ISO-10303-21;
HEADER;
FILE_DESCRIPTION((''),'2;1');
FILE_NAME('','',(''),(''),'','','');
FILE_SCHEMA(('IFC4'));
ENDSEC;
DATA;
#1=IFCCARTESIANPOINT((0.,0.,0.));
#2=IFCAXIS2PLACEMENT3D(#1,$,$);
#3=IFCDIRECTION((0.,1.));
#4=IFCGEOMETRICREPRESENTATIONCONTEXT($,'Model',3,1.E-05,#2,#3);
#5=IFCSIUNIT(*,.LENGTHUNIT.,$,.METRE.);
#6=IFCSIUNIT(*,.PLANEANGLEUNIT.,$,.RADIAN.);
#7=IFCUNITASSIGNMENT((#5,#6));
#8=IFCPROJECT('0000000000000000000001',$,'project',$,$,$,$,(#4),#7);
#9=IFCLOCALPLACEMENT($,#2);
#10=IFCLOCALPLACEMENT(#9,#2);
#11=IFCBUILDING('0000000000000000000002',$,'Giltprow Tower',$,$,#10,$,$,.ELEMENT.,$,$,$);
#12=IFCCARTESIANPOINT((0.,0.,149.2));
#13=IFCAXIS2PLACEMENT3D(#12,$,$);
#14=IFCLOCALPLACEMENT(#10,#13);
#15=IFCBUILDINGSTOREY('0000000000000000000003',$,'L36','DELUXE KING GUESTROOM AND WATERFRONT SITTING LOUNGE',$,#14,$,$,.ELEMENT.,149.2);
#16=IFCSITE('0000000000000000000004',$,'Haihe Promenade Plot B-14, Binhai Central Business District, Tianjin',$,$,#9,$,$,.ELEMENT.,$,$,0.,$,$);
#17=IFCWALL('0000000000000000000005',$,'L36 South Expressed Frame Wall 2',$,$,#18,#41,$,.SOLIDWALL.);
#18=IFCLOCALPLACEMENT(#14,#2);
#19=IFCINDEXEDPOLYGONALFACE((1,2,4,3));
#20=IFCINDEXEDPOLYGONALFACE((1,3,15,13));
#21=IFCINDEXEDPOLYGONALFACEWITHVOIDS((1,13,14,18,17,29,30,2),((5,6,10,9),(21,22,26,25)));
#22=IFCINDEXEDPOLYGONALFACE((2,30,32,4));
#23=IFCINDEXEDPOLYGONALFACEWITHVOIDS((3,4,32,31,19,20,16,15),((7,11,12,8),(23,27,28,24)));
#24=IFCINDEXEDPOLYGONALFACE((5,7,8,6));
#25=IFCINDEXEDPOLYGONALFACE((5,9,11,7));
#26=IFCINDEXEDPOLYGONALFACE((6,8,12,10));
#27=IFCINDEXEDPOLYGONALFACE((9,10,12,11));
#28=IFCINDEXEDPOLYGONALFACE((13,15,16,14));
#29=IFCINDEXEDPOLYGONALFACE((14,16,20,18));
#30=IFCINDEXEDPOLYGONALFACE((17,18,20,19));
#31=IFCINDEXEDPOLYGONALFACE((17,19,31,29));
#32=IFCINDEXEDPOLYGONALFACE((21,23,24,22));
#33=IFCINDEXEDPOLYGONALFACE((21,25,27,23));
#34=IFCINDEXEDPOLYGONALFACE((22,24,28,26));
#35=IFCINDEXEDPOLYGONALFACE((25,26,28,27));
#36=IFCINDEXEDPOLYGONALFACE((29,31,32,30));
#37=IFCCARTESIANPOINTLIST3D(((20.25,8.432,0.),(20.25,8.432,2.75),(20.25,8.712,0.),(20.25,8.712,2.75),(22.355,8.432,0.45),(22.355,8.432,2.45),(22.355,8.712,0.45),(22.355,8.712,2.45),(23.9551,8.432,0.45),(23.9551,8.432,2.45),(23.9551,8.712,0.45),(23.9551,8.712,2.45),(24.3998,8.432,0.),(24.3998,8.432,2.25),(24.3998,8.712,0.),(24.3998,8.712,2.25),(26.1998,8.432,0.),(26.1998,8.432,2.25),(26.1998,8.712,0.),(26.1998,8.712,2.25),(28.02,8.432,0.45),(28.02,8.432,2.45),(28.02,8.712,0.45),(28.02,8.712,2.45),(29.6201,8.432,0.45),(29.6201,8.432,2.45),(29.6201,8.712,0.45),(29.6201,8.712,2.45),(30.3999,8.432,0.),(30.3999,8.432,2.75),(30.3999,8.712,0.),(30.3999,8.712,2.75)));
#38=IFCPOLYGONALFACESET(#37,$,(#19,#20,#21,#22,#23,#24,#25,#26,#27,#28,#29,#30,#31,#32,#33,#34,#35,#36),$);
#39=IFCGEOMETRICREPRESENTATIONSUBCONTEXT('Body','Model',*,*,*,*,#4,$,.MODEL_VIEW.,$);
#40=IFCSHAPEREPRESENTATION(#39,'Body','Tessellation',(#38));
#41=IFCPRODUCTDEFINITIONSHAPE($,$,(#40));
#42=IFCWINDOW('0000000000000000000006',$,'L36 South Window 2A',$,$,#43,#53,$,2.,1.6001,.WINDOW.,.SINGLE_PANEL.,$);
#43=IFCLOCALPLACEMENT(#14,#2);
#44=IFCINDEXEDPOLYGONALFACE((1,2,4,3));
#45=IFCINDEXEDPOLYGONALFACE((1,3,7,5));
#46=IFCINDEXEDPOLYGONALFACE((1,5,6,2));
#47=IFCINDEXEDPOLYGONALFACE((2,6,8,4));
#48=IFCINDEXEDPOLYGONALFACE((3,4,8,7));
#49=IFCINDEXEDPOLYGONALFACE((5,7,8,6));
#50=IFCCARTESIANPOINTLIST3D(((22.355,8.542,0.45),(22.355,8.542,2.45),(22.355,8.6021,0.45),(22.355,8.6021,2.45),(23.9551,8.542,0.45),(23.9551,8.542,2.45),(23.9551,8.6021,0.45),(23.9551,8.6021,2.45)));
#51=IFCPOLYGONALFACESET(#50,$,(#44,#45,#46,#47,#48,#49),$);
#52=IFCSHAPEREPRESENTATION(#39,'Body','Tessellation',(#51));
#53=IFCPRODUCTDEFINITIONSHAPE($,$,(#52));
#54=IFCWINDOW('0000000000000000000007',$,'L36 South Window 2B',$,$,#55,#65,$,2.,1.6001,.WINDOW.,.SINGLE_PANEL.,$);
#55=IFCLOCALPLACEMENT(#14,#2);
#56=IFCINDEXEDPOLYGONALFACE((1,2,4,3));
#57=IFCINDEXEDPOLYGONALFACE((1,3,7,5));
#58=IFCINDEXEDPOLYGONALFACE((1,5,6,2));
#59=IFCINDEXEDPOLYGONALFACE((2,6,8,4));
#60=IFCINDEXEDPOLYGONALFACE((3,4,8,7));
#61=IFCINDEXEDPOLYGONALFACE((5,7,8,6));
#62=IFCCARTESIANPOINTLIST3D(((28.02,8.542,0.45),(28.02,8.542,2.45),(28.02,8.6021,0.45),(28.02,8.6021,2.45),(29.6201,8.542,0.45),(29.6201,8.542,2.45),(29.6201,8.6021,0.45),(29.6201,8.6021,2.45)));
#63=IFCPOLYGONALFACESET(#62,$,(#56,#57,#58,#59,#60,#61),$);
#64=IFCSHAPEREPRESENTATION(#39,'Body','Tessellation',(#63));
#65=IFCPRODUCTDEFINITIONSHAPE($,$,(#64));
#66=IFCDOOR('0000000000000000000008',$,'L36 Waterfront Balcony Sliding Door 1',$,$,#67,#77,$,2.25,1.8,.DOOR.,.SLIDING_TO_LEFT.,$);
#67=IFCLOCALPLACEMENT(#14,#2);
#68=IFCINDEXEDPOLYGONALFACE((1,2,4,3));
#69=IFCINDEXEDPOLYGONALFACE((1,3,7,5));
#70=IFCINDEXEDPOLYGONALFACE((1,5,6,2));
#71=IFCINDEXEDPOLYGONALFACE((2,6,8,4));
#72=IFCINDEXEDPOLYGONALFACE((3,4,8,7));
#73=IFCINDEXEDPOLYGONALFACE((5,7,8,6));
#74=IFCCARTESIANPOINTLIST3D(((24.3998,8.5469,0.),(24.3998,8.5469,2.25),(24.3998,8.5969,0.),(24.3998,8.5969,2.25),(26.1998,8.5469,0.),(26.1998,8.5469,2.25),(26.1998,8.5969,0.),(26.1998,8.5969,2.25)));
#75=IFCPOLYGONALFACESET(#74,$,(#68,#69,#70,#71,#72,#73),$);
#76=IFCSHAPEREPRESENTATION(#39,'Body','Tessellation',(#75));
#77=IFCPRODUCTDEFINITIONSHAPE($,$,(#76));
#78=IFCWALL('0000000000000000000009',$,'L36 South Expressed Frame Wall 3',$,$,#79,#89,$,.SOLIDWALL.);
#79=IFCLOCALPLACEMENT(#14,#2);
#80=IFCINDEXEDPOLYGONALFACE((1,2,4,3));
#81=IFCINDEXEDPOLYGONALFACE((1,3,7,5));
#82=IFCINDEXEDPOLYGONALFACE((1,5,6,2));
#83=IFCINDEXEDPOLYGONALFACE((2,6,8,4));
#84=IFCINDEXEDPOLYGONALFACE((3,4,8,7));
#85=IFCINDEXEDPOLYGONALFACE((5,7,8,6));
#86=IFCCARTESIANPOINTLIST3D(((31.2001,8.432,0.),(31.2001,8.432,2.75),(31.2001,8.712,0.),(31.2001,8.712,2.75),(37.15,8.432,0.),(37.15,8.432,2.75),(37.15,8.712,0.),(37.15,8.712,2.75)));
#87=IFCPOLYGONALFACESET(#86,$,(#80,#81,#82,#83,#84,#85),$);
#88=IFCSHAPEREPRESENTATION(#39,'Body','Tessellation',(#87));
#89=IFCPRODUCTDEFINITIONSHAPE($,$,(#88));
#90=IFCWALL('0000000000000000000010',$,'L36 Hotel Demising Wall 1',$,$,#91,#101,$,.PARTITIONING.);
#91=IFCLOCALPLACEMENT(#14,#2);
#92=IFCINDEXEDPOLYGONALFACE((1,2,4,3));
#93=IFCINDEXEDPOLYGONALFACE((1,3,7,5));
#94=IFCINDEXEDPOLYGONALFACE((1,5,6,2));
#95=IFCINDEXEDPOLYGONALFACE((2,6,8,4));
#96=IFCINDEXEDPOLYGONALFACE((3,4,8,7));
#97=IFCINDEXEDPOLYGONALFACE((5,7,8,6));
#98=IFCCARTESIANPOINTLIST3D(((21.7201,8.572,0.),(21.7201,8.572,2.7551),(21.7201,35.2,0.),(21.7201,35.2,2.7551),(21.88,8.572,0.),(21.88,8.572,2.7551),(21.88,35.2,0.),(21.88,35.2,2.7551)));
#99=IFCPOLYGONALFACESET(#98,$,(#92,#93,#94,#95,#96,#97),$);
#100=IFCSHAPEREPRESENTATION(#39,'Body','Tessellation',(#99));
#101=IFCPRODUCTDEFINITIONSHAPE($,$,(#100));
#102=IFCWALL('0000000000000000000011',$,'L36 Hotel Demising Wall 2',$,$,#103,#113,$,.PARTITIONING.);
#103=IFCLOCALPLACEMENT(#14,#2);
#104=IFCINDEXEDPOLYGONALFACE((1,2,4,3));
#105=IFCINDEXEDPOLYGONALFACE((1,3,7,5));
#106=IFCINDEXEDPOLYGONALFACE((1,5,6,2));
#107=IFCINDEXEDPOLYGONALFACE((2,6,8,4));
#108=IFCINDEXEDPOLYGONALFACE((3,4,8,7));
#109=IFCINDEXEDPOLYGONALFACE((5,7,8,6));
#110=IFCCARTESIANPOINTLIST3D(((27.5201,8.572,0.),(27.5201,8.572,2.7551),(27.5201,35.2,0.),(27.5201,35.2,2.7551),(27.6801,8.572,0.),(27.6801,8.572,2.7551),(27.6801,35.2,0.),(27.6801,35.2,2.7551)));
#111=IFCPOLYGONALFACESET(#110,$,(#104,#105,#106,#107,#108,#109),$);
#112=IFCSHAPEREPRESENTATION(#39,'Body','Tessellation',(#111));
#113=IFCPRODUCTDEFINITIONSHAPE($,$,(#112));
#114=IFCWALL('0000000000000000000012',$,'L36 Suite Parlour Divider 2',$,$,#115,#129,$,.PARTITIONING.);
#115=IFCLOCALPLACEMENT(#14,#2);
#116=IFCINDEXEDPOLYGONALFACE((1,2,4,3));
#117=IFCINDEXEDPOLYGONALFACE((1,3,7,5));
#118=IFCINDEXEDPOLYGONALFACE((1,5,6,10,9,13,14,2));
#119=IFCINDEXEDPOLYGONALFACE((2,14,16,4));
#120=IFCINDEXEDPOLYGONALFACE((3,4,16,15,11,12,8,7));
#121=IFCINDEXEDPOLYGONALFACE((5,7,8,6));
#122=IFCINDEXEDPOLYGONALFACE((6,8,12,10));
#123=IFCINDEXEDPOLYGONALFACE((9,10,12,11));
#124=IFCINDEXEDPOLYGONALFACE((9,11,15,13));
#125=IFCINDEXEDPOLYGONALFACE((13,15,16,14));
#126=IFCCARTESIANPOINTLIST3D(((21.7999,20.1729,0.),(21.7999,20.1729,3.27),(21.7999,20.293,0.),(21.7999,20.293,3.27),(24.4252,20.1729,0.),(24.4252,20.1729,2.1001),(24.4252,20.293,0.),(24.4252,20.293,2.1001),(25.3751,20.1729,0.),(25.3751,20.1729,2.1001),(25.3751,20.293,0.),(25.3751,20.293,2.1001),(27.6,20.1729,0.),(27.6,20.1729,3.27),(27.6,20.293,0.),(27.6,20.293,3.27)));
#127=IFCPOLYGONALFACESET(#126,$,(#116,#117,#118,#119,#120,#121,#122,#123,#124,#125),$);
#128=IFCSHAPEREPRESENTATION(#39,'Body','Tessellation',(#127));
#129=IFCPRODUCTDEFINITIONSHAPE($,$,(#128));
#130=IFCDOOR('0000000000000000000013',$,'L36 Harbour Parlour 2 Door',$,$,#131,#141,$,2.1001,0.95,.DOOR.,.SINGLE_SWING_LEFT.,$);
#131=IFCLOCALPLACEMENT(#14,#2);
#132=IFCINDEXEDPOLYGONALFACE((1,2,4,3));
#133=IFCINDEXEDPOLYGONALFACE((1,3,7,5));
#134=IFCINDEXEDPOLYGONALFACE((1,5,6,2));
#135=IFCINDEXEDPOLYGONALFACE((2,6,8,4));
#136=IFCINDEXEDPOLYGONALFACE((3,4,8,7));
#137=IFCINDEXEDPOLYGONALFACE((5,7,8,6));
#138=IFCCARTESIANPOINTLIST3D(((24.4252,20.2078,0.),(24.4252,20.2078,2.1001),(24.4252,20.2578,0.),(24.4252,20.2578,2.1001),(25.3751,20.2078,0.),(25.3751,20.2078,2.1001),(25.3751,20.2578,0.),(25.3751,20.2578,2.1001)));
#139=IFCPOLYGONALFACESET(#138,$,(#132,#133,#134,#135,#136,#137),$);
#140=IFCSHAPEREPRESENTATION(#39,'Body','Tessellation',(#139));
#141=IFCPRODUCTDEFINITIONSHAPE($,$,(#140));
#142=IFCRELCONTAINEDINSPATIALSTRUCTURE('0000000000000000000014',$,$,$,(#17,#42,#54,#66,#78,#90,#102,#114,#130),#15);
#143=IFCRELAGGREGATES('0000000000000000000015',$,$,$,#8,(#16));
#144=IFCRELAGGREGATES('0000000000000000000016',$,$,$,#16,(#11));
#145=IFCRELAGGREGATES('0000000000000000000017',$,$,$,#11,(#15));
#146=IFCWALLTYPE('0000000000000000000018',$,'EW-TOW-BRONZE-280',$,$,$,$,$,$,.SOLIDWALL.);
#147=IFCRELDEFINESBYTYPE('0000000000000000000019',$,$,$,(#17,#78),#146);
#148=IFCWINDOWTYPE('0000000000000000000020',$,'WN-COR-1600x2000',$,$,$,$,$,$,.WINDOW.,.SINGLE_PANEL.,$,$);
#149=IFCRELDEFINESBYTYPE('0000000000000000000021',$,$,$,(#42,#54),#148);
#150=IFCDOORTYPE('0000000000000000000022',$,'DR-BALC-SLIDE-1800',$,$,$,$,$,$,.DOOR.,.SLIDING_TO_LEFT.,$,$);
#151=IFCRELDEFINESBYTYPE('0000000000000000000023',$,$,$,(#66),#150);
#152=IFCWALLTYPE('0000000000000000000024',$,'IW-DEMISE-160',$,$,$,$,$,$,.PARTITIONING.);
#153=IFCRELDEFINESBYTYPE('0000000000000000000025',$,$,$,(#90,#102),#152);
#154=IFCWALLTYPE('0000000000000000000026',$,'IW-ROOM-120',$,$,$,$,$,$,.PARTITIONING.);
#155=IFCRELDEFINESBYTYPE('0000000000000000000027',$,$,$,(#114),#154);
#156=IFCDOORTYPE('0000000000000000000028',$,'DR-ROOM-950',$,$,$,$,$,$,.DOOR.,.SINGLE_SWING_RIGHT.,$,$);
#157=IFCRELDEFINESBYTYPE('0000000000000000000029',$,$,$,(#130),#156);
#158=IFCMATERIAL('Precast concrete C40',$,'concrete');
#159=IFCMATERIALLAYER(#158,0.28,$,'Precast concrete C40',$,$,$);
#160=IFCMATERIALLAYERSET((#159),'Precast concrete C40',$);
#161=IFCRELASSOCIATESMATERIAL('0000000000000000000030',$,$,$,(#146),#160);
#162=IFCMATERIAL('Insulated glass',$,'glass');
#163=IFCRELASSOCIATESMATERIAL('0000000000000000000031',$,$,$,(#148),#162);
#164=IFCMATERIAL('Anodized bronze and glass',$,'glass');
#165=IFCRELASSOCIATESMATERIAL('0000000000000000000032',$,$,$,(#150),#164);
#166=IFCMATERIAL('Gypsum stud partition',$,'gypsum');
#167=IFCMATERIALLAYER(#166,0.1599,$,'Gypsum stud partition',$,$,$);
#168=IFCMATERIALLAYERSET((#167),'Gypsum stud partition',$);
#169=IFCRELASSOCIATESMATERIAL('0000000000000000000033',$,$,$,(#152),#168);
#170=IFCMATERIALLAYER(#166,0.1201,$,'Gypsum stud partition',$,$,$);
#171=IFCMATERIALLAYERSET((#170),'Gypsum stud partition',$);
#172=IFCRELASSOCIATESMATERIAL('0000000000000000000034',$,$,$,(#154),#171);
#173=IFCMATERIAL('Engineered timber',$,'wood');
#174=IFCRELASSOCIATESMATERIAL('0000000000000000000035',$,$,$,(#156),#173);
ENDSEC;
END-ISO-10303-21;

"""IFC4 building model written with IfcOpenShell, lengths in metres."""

from ifc_helpers import new_model, si_unit, direction, frame, frame_2d, origin, place, context, subcontext, project, spatial, rectangle, extrude, source, transform, mapped, material, layer, layer_set, type_object, element, fill, save


model = new_model("IFC4")

# Units and contexts
model_context = context("Model", 3, precision=1e-05, world=origin(), true_north=direction((0.0, 1.0)))
body_context = subcontext(model_context, "Body", "Model", "MODEL_VIEW")
ifc_project = project(units=[si_unit("LENGTHUNIT", "METRE"), si_unit("PLANEANGLEUNIT", "RADIAN")], contexts=[model_context])

# Site, building, storey
site_placement = place(None, origin())
site = spatial("IfcSite", under=ifc_project, at=site_placement, Name="Haihe Promenade Plot B-14, Binhai Central Business District, Tianjin", CompositionType="ELEMENT", RefElevation=0.0)
building_placement = place(site_placement, origin())
building = spatial("IfcBuilding", under=site, at=building_placement, Name="Giltprow Tower", CompositionType="ELEMENT")
storey_placement = place(building_placement, frame((0.0, 0.0, 149.2)))
storey = spatial("IfcBuildingStorey", under=building, at=storey_placement, Name="L36", Description="DELUXE KING GUESTROOM AND WATERFRONT SITTING LOUNGE", CompositionType="ELEMENT", Elevation=149.2)

# Wall, openings, windows, door
ifc_material_1 = material(Name="Precast concrete C40", Category="concrete")
ifc_layer_1 = layer(ifc_material_1, 0.28, Name="Precast concrete C40")
ifc_layer_set_1 = layer_set([ifc_layer_1], Name="Precast concrete C40")
wall_type_1 = type_object("IfcWallType", Name="EW-TOW-BRONZE-280", PredefinedType="SOLIDWALL", material=ifc_layer_set_1)
wall_1_placement = place(storey_placement, frame((20.25, 8.572, 0.0), z_axis=(0.0, 0.0, 1.0), x_axis=(1.0, 0.0, 0.0)))
wall_1 = element("IfcWall", 1, at=wall_1_placement, inside=storey, type_object=wall_type_1, Name="L36 South Expressed Frame Wall 2", PredefinedType="SOLIDWALL", context=body_context, shape_type="SweptSolid", body=[
    extrude(rectangle(XDim=10.1499, YDim=0.28, at=frame_2d((5.075, 0.0))), origin(), (0.0, 0.0, 1.0), 2.75),
])
opening_1_placement = place(wall_1_placement, frame((4.1499, 0.0, 0.0)))
opening_1 = element("IfcOpeningElement", 2, at=opening_1_placement, cuts=wall_1, PredefinedType="OPENING", context=body_context, shape_type="SweptSolid", body=[
    extrude(rectangle(XDim=1.8, YDim=2.25, at=frame_2d((0.8999, 1.125))), frame((0.0, 0.1499, 0.0), z_axis=(0.0, -1.0, 0.0), x_axis=(1.0, 0.0, 0.0)), (0.0, 0.0, 1.0), 0.3),
])
opening_2_placement = place(wall_1_placement, frame((2.105, 0.0, 0.45)))
opening_2 = element("IfcOpeningElement", 3, at=opening_2_placement, cuts=wall_1, PredefinedType="OPENING", context=body_context, shape_type="SweptSolid", body=[
    extrude(rectangle(XDim=1.6001, YDim=2.0, at=frame_2d((0.8, 1.0))), frame((0.0, 0.1499, 0.0), z_axis=(0.0, -1.0, 0.0), x_axis=(1.0, 0.0, 0.0)), (0.0, 0.0, 1.0), 0.3),
])
opening_3_placement = place(wall_1_placement, frame((7.77, 0.0, 0.45)))
opening_3 = element("IfcOpeningElement", 4, at=opening_3_placement, cuts=wall_1, PredefinedType="OPENING", context=body_context, shape_type="SweptSolid", body=[
    extrude(rectangle(XDim=1.6001, YDim=2.0, at=frame_2d((0.8, 1.0))), frame((0.0, 0.1499, 0.0), z_axis=(0.0, -1.0, 0.0), x_axis=(1.0, 0.0, 0.0)), (0.0, 0.0, 1.0), 0.3),
])
ifc_material_2 = material(Name="Insulated glass", Category="glass")
window_type = type_object("IfcWindowType", Name="WN-COR-1600x2000", PartitioningType="SINGLE_PANEL", PredefinedType="WINDOW", material=ifc_material_2)
shared_shape_1 = source(origin(), body_context, "Body", "SweptSolid", [
    extrude(rectangle(XDim=1.6001, YDim=2.0, at=frame_2d((0.8, 1.0))), frame((0.0, 0.03, 0.0), z_axis=(0.0, -1.0, 0.0), x_axis=(1.0, 0.0, 0.0)), (0.0, 0.0, 1.0), 0.0601),
])
window_1_placement = place(opening_2_placement, origin())
window_1 = element("IfcWindow", 5, at=window_1_placement, inside=storey, type_object=window_type, Name="L36 South Window 2A", OverallHeight=2.0, OverallWidth=1.6001, PartitioningType="SINGLE_PANEL", PredefinedType="WINDOW", context=body_context, shape_type="MappedRepresentation", body=[
    mapped(shared_shape_1, transform((0.0, 0.0, 0.0), x_axis=(1.0, 0.0, 0.0), y_axis=(0.0, 1.0, 0.0), z_axis=(0.0, 0.0, 1.0), scale=1.0)),
])
fill(opening_2, window_1)
window_2_placement = place(opening_3_placement, origin())
window_2 = element("IfcWindow", 6, at=window_2_placement, inside=storey, type_object=window_type, Name="L36 South Window 2B", OverallHeight=2.0, OverallWidth=1.6001, PartitioningType="SINGLE_PANEL", PredefinedType="WINDOW", context=body_context, shape_type="MappedRepresentation", body=[
    mapped(shared_shape_1, transform((0.0, 0.0, 0.0), x_axis=(1.0, 0.0, 0.0), y_axis=(0.0, 1.0, 0.0), z_axis=(0.0, 0.0, 1.0), scale=1.0)),
])
fill(opening_3, window_2)
ifc_material_3 = material(Name="Anodized bronze and glass", Category="glass")
door_type_1 = type_object("IfcDoorType", Name="DR-BALC-SLIDE-1800", OperationType="SLIDING_TO_LEFT", PredefinedType="DOOR", material=ifc_material_3)
shared_shape_2 = source(origin(), body_context, "Body", "SweptSolid", [
    extrude(rectangle(XDim=1.8, YDim=2.25, at=frame_2d((0.8999, 1.125))), frame((0.0, 0.0249, 0.0), z_axis=(0.0, -1.0, 0.0), x_axis=(1.0, 0.0, 0.0)), (0.0, 0.0, 1.0), 0.05),
])
door_1_placement = place(opening_1_placement, origin())
door_1 = element("IfcDoor", 7, at=door_1_placement, inside=storey, type_object=door_type_1, Name="L36 Waterfront Balcony Sliding Door 1", OperationType="SLIDING_TO_LEFT", OverallHeight=2.25, OverallWidth=1.8, PredefinedType="DOOR", context=body_context, shape_type="MappedRepresentation", body=[
    mapped(shared_shape_2, transform((0.0, 0.0, 0.0), x_axis=(1.0, 0.0, 0.0), y_axis=(0.0, 1.0, 0.0), z_axis=(0.0, 0.0, 1.0), scale=1.0)),
])
fill(opening_1, door_1)

# Walls
wall_2_placement = place(storey_placement, frame((31.2, 8.572, 0.0), z_axis=(0.0, 0.0, 1.0), x_axis=(1.0, 0.0, 0.0)))
element("IfcWall", 8, at=wall_2_placement, inside=storey, type_object=wall_type_1, Name="L36 South Expressed Frame Wall 3", PredefinedType="SOLIDWALL", context=body_context, shape_type="SweptSolid", body=[
    extrude(rectangle(XDim=5.95, YDim=0.28, at=frame_2d((2.9751, 0.0))), origin(), (0.0, 0.0, 1.0), 2.75),
])
ifc_material_4 = material(Name="Gypsum stud partition", Category="gypsum")
ifc_layer_2 = layer(ifc_material_4, 0.1599, Name="Gypsum stud partition")
ifc_layer_set_2 = layer_set([ifc_layer_2], Name="Gypsum stud partition")
wall_type_2 = type_object("IfcWallType", Name="IW-DEMISE-160", PredefinedType="PARTITIONING", material=ifc_layer_set_2)
for number, where, z_axis, x_axis, name in (
    (9, (21.8, 8.572, 0.0), (0.0, 0.0, 1.0), (0.0, 1.0, 0.0), "L36 Hotel Demising Wall 1"),
    (10, (27.6001, 8.572, 0.0), (0.0, 0.0, 1.0), (0.0, 1.0, 0.0), "L36 Hotel Demising Wall 2"),
):
    element("IfcWall", number, at=place(storey_placement, frame(where, z_axis=z_axis, x_axis=x_axis)), inside=storey, type_object=wall_type_2, Name=name, PredefinedType="PARTITIONING", context=body_context, shape_type="SweptSolid", body=[
        extrude(rectangle(XDim=26.6279, YDim=0.1599, at=frame_2d((13.314, 0.0))), origin(), (0.0, 0.0, 1.0), 2.7551),
    ])

# Wall, opening, door
ifc_layer_3 = layer(ifc_material_4, 0.1201, Name="Gypsum stud partition")
ifc_layer_set_3 = layer_set([ifc_layer_3], Name="Gypsum stud partition")
wall_type_3 = type_object("IfcWallType", Name="IW-ROOM-120", PredefinedType="PARTITIONING", material=ifc_layer_set_3)
wall_3_placement = place(storey_placement, frame((21.8, 20.2329, 0.0), z_axis=(0.0, 0.0, 1.0), x_axis=(1.0, 0.0, 0.0)))
wall_3 = element("IfcWall", 11, at=wall_3_placement, inside=storey, type_object=wall_type_3, Name="L36 Suite Parlour Divider 2", PredefinedType="PARTITIONING", context=body_context, shape_type="SweptSolid", body=[
    extrude(rectangle(XDim=5.8, YDim=0.1201, at=frame_2d((2.8999, 0.0))), origin(), (0.0, 0.0, 1.0), 3.27),
])
opening_4_placement = place(wall_3_placement, frame((2.625, 0.0, 0.0)))
opening_4 = element("IfcOpeningElement", 12, at=opening_4_placement, cuts=wall_3, PredefinedType="OPENING", context=body_context, shape_type="SweptSolid", body=[
    extrude(rectangle(XDim=0.95, YDim=2.1001, at=frame_2d((0.4751, 1.05))), frame((0.0, 0.0701, 0.0), z_axis=(0.0, -1.0, 0.0), x_axis=(1.0, 0.0, 0.0)), (0.0, 0.0, 1.0), 0.1401),
])
ifc_material_5 = material(Name="Engineered timber", Category="wood")
door_type_2 = type_object("IfcDoorType", Name="DR-ROOM-950", OperationType="SINGLE_SWING_RIGHT", PredefinedType="DOOR", material=ifc_material_5)
shared_shape_3 = source(origin(), body_context, "Body", "SweptSolid", [
    extrude(rectangle(XDim=0.95, YDim=2.1001, at=frame_2d((0.4751, 1.05))), frame((0.0, 0.0249, 0.0), z_axis=(0.0, -1.0, 0.0), x_axis=(1.0, 0.0, 0.0)), (0.0, 0.0, 1.0), 0.05),
])
door_2_placement = place(opening_4_placement, origin())
door_2 = element("IfcDoor", 13, at=door_2_placement, inside=storey, type_object=door_type_2, Name="L36 Harbour Parlour 2 Door", OperationType="SINGLE_SWING_LEFT", OverallHeight=2.1001, OverallWidth=0.95, PredefinedType="DOOR", context=body_context, shape_type="MappedRepresentation", body=[
    mapped(shared_shape_3, transform((0.0, 0.0, 0.0), x_axis=(1.0, 0.0, 0.0), y_axis=(0.0, 1.0, 0.0), z_axis=(0.0, 0.0, 1.0), scale=1.0)),
])
fill(opening_4, door_2)

save(model, "model.ifc")
